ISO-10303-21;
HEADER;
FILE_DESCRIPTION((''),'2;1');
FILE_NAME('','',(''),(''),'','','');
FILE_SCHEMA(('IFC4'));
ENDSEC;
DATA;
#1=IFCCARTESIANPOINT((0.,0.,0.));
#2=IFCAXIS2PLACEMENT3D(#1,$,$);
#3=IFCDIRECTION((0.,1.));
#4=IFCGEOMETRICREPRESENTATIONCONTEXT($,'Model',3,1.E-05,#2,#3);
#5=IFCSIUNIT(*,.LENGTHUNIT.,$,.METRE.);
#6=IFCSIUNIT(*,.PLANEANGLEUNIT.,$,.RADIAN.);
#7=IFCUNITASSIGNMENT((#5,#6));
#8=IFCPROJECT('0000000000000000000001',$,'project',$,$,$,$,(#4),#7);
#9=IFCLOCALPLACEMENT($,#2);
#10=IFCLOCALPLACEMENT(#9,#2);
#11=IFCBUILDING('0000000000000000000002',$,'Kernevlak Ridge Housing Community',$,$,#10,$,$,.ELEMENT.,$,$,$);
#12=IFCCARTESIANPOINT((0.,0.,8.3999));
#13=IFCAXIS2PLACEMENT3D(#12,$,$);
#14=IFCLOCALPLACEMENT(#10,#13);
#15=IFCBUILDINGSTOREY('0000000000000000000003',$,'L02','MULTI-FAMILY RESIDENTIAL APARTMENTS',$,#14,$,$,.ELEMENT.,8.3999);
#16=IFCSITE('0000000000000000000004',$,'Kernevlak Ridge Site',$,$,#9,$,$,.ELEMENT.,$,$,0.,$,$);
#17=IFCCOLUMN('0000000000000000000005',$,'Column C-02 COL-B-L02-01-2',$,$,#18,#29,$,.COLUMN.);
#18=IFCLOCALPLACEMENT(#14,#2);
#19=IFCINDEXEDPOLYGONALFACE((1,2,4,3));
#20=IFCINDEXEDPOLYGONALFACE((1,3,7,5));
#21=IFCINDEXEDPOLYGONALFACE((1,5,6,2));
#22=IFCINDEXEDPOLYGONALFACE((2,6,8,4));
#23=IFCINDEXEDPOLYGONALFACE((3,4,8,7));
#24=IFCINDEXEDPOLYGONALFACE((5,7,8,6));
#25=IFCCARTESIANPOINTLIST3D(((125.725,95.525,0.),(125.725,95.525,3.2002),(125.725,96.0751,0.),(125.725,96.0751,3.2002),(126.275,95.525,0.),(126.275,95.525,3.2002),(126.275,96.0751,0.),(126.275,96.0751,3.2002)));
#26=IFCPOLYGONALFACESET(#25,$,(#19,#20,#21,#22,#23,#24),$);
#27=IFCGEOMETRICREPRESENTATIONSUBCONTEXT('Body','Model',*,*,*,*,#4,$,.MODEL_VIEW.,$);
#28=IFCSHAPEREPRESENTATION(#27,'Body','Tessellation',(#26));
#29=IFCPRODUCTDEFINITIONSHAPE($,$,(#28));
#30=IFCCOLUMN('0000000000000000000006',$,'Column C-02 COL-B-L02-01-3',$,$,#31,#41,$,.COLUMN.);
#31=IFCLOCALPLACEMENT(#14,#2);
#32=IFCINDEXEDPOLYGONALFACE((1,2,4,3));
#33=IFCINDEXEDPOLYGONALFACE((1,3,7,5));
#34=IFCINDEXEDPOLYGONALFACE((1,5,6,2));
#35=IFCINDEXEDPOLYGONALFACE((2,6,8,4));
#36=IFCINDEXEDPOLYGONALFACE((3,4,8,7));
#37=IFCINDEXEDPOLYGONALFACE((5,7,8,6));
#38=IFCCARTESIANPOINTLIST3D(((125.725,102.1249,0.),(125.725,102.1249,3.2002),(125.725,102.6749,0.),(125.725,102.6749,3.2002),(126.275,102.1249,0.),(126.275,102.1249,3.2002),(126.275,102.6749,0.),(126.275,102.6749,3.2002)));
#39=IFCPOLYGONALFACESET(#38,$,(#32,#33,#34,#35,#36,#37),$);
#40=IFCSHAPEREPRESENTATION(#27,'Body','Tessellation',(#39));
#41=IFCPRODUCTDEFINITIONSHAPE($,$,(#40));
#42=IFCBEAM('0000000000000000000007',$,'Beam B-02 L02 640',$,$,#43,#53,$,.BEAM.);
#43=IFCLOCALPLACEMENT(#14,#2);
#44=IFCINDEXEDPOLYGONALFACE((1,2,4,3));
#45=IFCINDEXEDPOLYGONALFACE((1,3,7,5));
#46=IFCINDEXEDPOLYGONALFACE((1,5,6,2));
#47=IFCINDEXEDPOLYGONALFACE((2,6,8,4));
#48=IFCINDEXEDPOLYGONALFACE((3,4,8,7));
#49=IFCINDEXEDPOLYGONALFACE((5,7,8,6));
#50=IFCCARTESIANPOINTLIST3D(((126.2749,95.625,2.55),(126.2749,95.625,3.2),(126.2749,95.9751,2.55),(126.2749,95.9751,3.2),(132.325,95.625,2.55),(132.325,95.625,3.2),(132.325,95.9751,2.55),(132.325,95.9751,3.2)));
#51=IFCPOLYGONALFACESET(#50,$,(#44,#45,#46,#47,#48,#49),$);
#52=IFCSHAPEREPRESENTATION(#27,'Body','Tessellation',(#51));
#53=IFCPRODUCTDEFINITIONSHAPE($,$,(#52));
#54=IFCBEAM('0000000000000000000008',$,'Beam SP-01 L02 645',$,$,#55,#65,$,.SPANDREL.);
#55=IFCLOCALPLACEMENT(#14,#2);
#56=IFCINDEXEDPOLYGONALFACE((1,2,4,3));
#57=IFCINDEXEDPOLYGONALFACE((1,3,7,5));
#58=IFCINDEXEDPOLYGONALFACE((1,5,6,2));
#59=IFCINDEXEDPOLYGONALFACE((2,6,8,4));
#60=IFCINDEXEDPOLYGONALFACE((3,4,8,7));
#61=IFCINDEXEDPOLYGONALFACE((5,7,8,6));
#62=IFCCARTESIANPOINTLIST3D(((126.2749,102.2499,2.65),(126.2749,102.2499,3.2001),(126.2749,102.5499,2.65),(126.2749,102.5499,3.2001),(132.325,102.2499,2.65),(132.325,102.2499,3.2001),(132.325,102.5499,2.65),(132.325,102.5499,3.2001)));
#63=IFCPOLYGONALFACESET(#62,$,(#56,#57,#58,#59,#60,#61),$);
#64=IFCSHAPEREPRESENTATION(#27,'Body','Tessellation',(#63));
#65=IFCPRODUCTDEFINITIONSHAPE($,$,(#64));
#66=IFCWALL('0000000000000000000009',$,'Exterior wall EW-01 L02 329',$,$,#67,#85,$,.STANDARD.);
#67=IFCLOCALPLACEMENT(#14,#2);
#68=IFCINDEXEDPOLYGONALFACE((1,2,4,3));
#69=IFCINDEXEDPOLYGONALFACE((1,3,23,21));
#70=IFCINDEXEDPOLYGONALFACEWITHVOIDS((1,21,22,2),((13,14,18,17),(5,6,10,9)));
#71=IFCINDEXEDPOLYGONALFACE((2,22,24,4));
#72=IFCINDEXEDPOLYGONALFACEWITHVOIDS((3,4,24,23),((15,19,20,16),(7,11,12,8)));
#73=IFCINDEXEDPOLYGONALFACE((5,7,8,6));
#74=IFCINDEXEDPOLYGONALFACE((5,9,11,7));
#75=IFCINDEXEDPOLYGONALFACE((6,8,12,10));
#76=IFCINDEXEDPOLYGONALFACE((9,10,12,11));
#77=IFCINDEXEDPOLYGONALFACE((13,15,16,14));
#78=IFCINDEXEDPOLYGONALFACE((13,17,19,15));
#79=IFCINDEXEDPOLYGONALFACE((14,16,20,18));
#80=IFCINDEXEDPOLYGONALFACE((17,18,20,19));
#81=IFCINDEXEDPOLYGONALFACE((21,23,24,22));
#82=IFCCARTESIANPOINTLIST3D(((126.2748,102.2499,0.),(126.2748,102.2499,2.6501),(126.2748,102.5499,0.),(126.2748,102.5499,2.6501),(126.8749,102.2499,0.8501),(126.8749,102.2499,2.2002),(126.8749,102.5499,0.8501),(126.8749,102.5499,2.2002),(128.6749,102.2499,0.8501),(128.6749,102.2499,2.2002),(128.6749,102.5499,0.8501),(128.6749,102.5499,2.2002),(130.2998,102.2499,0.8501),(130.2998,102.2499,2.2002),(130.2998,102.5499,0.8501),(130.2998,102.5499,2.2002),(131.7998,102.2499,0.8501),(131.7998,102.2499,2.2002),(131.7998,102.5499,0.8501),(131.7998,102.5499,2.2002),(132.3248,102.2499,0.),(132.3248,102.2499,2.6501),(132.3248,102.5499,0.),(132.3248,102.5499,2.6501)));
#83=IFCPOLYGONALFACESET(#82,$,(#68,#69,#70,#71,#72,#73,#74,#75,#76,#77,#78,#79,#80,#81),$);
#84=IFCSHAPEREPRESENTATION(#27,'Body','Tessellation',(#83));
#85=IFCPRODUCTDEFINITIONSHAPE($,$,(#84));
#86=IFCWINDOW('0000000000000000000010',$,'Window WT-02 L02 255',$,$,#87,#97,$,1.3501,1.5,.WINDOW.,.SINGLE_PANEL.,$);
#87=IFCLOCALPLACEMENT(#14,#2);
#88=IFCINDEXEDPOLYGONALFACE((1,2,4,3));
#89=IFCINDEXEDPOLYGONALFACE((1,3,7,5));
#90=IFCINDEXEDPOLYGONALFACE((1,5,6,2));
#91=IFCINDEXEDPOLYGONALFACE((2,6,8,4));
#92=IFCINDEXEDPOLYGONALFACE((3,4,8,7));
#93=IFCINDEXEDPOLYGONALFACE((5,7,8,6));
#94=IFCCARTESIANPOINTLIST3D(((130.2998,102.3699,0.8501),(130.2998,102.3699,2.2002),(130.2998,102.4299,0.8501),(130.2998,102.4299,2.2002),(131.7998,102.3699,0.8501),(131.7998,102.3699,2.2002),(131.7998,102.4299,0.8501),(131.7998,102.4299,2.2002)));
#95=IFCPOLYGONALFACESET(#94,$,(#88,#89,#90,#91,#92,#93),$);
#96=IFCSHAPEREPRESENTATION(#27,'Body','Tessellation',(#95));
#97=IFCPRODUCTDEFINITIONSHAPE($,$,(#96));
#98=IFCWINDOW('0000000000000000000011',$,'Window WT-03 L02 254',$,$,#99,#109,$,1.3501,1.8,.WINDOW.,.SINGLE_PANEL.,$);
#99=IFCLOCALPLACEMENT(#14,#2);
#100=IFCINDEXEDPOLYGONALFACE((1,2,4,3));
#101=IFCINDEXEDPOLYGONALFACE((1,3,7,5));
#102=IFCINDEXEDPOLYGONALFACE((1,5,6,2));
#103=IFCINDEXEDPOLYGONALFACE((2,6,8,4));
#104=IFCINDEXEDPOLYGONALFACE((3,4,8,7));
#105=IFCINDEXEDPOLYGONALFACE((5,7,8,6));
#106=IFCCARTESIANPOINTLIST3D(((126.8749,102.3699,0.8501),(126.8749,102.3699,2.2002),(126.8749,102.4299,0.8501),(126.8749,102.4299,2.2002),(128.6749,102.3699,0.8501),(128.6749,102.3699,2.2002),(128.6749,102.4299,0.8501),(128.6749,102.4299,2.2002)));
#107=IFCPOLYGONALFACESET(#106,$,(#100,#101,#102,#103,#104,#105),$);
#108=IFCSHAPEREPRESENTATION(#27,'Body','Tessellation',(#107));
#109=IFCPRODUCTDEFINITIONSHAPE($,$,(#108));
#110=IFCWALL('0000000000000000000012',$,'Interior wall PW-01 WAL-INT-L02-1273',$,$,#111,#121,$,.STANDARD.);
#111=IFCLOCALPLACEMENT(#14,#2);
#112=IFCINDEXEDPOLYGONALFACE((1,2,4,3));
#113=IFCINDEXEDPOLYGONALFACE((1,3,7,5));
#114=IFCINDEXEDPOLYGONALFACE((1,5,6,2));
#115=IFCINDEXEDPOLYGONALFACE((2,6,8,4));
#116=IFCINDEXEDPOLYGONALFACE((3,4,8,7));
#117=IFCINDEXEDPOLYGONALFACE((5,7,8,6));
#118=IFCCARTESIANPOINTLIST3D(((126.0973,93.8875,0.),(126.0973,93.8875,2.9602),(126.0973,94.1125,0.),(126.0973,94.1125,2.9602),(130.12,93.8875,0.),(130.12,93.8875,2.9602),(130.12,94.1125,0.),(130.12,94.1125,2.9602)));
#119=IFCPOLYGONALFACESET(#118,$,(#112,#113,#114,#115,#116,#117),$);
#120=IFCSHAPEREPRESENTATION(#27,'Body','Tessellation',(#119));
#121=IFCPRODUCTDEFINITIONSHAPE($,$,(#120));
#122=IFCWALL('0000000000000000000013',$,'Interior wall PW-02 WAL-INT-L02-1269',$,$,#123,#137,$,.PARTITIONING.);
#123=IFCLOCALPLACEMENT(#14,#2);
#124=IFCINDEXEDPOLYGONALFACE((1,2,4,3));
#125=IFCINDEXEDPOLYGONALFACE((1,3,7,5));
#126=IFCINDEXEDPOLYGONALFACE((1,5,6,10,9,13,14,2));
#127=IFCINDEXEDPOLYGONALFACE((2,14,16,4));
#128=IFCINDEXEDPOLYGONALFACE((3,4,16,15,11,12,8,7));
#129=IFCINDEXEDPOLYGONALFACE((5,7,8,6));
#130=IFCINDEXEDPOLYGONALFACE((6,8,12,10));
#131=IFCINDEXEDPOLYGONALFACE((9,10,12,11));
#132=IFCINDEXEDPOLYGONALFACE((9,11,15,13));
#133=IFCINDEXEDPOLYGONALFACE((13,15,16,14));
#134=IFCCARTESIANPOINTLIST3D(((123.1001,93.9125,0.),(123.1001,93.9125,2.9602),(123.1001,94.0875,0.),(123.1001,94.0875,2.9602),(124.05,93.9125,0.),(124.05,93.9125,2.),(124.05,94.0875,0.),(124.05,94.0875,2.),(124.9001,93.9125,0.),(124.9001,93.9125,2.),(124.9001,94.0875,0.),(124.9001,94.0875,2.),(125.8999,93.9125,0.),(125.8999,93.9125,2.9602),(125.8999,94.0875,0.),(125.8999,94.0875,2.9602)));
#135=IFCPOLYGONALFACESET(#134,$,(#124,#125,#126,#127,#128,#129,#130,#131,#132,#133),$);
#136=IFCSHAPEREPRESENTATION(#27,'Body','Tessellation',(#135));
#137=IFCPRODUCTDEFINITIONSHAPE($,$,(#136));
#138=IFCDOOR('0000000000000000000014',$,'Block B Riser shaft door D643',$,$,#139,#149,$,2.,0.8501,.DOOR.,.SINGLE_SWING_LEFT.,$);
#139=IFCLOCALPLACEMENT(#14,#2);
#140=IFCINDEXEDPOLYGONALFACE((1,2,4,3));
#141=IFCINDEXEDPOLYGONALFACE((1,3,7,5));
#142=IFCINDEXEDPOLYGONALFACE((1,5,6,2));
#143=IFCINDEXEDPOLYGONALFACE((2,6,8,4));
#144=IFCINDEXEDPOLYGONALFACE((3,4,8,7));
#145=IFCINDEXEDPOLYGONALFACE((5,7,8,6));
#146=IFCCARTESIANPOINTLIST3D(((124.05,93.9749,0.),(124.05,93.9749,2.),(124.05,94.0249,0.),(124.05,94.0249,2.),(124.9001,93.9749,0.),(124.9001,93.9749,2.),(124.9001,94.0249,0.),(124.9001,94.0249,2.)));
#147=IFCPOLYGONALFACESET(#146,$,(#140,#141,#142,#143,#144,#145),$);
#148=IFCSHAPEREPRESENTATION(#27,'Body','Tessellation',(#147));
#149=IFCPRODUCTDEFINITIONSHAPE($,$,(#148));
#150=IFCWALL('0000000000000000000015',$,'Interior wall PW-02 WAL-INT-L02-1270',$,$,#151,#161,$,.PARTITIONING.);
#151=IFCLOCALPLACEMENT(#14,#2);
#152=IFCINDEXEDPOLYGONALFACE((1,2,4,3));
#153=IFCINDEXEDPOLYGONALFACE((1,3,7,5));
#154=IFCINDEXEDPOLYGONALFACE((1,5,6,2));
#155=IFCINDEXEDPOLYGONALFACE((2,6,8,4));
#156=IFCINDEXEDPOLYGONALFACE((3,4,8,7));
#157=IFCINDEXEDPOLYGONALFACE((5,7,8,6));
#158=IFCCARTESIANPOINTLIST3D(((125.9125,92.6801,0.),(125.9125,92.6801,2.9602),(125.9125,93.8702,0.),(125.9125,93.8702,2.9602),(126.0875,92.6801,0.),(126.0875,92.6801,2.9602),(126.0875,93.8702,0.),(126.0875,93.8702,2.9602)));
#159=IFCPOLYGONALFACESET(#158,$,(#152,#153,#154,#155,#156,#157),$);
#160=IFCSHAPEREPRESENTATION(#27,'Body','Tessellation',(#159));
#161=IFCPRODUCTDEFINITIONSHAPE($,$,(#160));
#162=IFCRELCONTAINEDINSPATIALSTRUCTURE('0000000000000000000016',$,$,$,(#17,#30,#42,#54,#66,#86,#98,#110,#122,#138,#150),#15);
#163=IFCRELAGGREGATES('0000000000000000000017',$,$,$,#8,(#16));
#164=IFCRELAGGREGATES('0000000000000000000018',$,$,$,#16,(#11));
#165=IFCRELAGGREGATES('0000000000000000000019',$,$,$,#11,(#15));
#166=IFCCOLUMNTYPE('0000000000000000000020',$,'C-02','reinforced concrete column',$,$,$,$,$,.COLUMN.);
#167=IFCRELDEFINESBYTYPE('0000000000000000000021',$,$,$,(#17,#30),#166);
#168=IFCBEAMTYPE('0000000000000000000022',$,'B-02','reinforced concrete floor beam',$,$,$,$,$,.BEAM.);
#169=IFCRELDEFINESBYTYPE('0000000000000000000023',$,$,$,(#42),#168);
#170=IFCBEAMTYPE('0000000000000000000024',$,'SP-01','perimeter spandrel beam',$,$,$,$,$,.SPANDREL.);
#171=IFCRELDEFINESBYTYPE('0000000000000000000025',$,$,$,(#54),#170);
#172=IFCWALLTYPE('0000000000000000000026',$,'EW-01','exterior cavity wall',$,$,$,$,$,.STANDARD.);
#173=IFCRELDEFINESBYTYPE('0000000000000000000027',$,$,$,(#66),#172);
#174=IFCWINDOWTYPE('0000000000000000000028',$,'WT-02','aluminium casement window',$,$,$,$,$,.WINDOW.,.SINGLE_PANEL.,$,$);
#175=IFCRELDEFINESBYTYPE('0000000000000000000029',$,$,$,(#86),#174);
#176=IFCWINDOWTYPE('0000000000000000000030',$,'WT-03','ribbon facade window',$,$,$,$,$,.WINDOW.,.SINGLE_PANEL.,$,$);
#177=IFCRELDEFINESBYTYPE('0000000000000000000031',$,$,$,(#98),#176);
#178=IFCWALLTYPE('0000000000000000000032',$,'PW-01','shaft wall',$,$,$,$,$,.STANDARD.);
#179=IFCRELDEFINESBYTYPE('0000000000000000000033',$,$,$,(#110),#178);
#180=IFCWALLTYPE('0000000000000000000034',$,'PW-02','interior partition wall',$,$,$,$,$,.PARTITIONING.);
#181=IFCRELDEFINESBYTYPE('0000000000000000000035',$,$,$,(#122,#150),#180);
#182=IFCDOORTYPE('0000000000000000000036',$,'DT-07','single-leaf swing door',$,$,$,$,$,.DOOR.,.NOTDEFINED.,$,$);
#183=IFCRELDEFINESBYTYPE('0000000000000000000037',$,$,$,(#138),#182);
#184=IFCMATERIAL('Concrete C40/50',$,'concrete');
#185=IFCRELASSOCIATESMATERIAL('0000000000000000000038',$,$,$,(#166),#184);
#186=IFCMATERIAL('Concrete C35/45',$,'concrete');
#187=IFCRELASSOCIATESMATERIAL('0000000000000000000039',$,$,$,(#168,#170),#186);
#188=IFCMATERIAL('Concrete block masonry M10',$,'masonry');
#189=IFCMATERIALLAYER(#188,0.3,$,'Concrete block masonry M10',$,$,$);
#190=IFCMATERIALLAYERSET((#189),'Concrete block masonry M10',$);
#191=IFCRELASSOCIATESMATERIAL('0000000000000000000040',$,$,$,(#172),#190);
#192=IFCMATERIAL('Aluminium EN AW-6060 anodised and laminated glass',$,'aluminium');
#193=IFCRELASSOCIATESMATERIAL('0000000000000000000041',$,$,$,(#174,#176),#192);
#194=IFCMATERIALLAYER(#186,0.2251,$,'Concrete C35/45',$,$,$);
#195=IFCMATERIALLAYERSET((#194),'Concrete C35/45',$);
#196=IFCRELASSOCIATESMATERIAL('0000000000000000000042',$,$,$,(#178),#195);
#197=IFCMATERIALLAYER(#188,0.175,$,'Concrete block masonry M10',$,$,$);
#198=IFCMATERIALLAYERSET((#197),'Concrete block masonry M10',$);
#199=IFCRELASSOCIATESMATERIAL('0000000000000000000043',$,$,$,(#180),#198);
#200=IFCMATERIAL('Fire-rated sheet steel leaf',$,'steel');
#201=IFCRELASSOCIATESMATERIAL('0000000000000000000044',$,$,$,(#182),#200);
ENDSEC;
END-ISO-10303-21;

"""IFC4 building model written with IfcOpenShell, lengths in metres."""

from ifc_helpers import new_model, si_unit, direction, frame, frame_2d, origin, origin_2d, place, context, subcontext, project, spatial, rectangle, extrude, material, layer, layer_set, material_profile, profile_set, type_object, element, fill, save


model = new_model("IFC4")

# Units and contexts
model_context = context("Model", 3, precision=1e-05, world=origin(), true_north=direction((0.0, 1.0)))
body_context = subcontext(model_context, "Body", "Model", "MODEL_VIEW")
ifc_project = project(units=[si_unit("LENGTHUNIT", "METRE"), si_unit("PLANEANGLEUNIT", "RADIAN")], contexts=[model_context])

# Site, building, storey
site_placement = place(None, origin())
site = spatial("IfcSite", under=ifc_project, at=site_placement, Name="Kernevlak Ridge Site", CompositionType="ELEMENT", RefElevation=0.0)
building_placement = place(site_placement, origin())
building = spatial("IfcBuilding", under=site, at=building_placement, Name="Kernevlak Ridge Housing Community", CompositionType="ELEMENT")
storey_placement = place(building_placement, frame((0.0, 0.0, 8.3999)))
storey = spatial("IfcBuildingStorey", under=building, at=storey_placement, Name="L02", Description="MULTI-FAMILY RESIDENTIAL APARTMENTS", CompositionType="ELEMENT", Elevation=8.3999)

# Columns
ifc_material_1 = material(Name="Concrete C40/50", Category="concrete")
ifc_material_profile_1 = material_profile(ifc_material_1, rectangle(XDim=0.55, YDim=0.55, at=origin_2d()), Name="RC 550x550")
ifc_profile_set_1 = profile_set([ifc_material_profile_1], Name="Concrete C40/50")
column_type = type_object("IfcColumnType", Name="C-02", Description="reinforced concrete column", PredefinedType="COLUMN", material=ifc_profile_set_1)
for number, where, z_axis, x_axis, name in (
    (1, (126.0, 95.8, 0.0), (0.0, 0.0, 1.0), (1.0, 0.0, 0.0), "Column C-02 COL-B-L02-01-2"),
    (2, (126.0, 102.3999, 0.0), (0.0, 0.0, 1.0), (1.0, 0.0, 0.0), "Column C-02 COL-B-L02-01-3"),
):
    element("IfcColumn", number, at=place(storey_placement, frame(where, z_axis=z_axis, x_axis=x_axis)), inside=storey, type_object=column_type, Name=name, PredefinedType="COLUMN", context=body_context, shape_type="SweptSolid", body=[
        extrude(rectangle(XDim=0.55, YDim=0.55, at=origin_2d()), origin(), (0.0, 0.0, 1.0), 3.2002),
    ])

# Beams
ifc_material_2 = material(Name="Concrete C35/45", Category="concrete")
ifc_material_profile_2 = material_profile(ifc_material_2, rectangle(XDim=0.3501, YDim=0.6499, at=origin_2d()), Name="RC 350x650")
ifc_profile_set_2 = profile_set([ifc_material_profile_2], Name="Concrete C35/45")
beam_type_1 = type_object("IfcBeamType", Name="B-02", Description="reinforced concrete floor beam", PredefinedType="BEAM", material=ifc_profile_set_2)
beam_1_placement = place(storey_placement, frame((126.2749, 95.8, 2.875), z_axis=(1.0, 0.0, 0.0), x_axis=(0.0, 1.0, 0.0)))
element("IfcBeam", 3, at=beam_1_placement, inside=storey, type_object=beam_type_1, Name="Beam B-02 L02 640", PredefinedType="BEAM", context=body_context, shape_type="SweptSolid", body=[
    extrude(rectangle(XDim=0.3501, YDim=0.6499, at=origin_2d()), origin(), (0.0, 0.0, 1.0), 6.05),
])
ifc_material_profile_3 = material_profile(ifc_material_2, rectangle(XDim=0.3, YDim=0.55, at=origin_2d()), Name="RC 300x550")
ifc_profile_set_3 = profile_set([ifc_material_profile_3], Name="Concrete C35/45")
beam_type_2 = type_object("IfcBeamType", Name="SP-01", Description="perimeter spandrel beam", PredefinedType="SPANDREL", material=ifc_profile_set_3)
beam_2_placement = place(storey_placement, frame((126.2749, 102.3999, 2.925), z_axis=(1.0, 0.0, 0.0), x_axis=(0.0, 1.0, 0.0)))
element("IfcBeam", 4, at=beam_2_placement, inside=storey, type_object=beam_type_2, Name="Beam SP-01 L02 645", PredefinedType="SPANDREL", context=body_context, shape_type="SweptSolid", body=[
    extrude(rectangle(XDim=0.3, YDim=0.55, at=origin_2d()), origin(), (0.0, 0.0, 1.0), 6.05),
])

# Wall, openings, windows
ifc_material_3 = material(Name="Concrete block masonry M10", Category="masonry")
ifc_layer_1 = layer(ifc_material_3, 0.3, Name="Concrete block masonry M10")
ifc_layer_set_1 = layer_set([ifc_layer_1], Name="Concrete block masonry M10")
wall_type_1 = type_object("IfcWallType", Name="EW-01", Description="exterior cavity wall", PredefinedType="STANDARD", material=ifc_layer_set_1)
wall_1_placement = place(storey_placement, frame((126.2749, 102.3999, 0.0), z_axis=(0.0, 0.0, 1.0), x_axis=(1.0, 0.0, 0.0)))
wall_1 = element("IfcWall", 5, at=wall_1_placement, inside=storey, type_object=wall_type_1, Name="Exterior wall EW-01 L02 329", PredefinedType="STANDARD", context=body_context, shape_type="SweptSolid", body=[
    extrude(rectangle(XDim=6.05, YDim=0.3, at=frame_2d((3.0249, 0.0))), origin(), (0.0, 0.0, 1.0), 2.6501),
])
opening_1_placement = place(wall_1_placement, frame((0.6001, 0.0, 0.8501)))
opening_1 = element("IfcOpeningElement", 6, at=opening_1_placement, cuts=wall_1, PredefinedType="OPENING", context=body_context, shape_type="SweptSolid", body=[
    extrude(rectangle(XDim=1.8, YDim=1.3501, at=frame_2d((0.8999, 0.675))), frame((0.0, 0.1599, 0.0), z_axis=(0.0, -1.0, 0.0), x_axis=(1.0, 0.0, 0.0)), (0.0, 0.0, 1.0), 0.3201),
])
opening_2_placement = place(wall_1_placement, frame((4.0249, 0.0, 0.8501)))
opening_2 = element("IfcOpeningElement", 7, at=opening_2_placement, cuts=wall_1, PredefinedType="OPENING", context=body_context, shape_type="SweptSolid", body=[
    extrude(rectangle(XDim=1.5, YDim=1.3501, at=frame_2d((0.75, 0.675))), frame((0.0, 0.1599, 0.0), z_axis=(0.0, -1.0, 0.0), x_axis=(1.0, 0.0, 0.0)), (0.0, 0.0, 1.0), 0.3201),
])
ifc_material_4 = material(Name="Aluminium EN AW-6060 anodised and laminated glass", Category="aluminium")
window_type_1 = type_object("IfcWindowType", Name="WT-02", Description="aluminium casement window", PartitioningType="SINGLE_PANEL", PredefinedType="WINDOW", material=ifc_material_4)
window_1_placement = place(opening_2_placement, origin())
window_1 = element("IfcWindow", 8, at=window_1_placement, inside=storey, type_object=window_type_1, Name="Window WT-02 L02 255", OverallHeight=1.3501, OverallWidth=1.5, PartitioningType="SINGLE_PANEL", PredefinedType="WINDOW", context=body_context, shape_type="SweptSolid", body=[
    extrude(rectangle(XDim=1.5, YDim=1.3501, at=frame_2d((0.75, 0.675))), frame((0.0, 0.03, 0.0), z_axis=(0.0, -1.0, 0.0), x_axis=(1.0, 0.0, 0.0)), (0.0, 0.0, 1.0), 0.0601),
])
fill(opening_2, window_1)
window_type_2 = type_object("IfcWindowType", Name="WT-03", Description="ribbon facade window", PartitioningType="SINGLE_PANEL", PredefinedType="WINDOW", material=ifc_material_4)
window_2_placement = place(opening_1_placement, origin())
window_2 = element("IfcWindow", 9, at=window_2_placement, inside=storey, type_object=window_type_2, Name="Window WT-03 L02 254", OverallHeight=1.3501, OverallWidth=1.8, PartitioningType="SINGLE_PANEL", PredefinedType="WINDOW", context=body_context, shape_type="SweptSolid", body=[
    extrude(rectangle(XDim=1.8, YDim=1.3501, at=frame_2d((0.8999, 0.675))), frame((0.0, 0.03, 0.0), z_axis=(0.0, -1.0, 0.0), x_axis=(1.0, 0.0, 0.0)), (0.0, 0.0, 1.0), 0.0601),
])
fill(opening_1, window_2)

# Wall
ifc_layer_2 = layer(ifc_material_2, 0.2251, Name="Concrete C35/45")
ifc_layer_set_2 = layer_set([ifc_layer_2], Name="Concrete C35/45")
wall_type_2 = type_object("IfcWallType", Name="PW-01", Description="shaft wall", PredefinedType="STANDARD", material=ifc_layer_set_2)
wall_2_placement = place(storey_placement, frame((126.0974, 94.0, 0.0), z_axis=(0.0, 0.0, 1.0), x_axis=(1.0, 0.0, 0.0)))
element("IfcWall", 10, at=wall_2_placement, inside=storey, type_object=wall_type_2, Name="Interior wall PW-01 WAL-INT-L02-1273", PredefinedType="STANDARD", context=body_context, shape_type="SweptSolid", body=[
    extrude(rectangle(XDim=4.0227, YDim=0.2251, at=frame_2d((2.0112, 0.0))), origin(), (0.0, 0.0, 1.0), 2.9602),
])

# Wall, opening, door
ifc_layer_3 = layer(ifc_material_3, 0.175, Name="Concrete block masonry M10")
ifc_layer_set_3 = layer_set([ifc_layer_3], Name="Concrete block masonry M10")
wall_type_3 = type_object("IfcWallType", Name="PW-02", Description="interior partition wall", PredefinedType="PARTITIONING", material=ifc_layer_set_3)
wall_3_placement = place(storey_placement, frame((123.1001, 94.0, 0.0), z_axis=(0.0, 0.0, 1.0), x_axis=(1.0, 0.0, 0.0)))
wall_3 = element("IfcWall", 11, at=wall_3_placement, inside=storey, type_object=wall_type_3, Name="Interior wall PW-02 WAL-INT-L02-1269", PredefinedType="PARTITIONING", context=body_context, shape_type="SweptSolid", body=[
    extrude(rectangle(XDim=2.7998, YDim=0.175, at=frame_2d((1.3999, 0.0))), origin(), (0.0, 0.0, 1.0), 2.9602),
])
opening_3_placement = place(wall_3_placement, frame((0.95, 0.0, 0.0)))
opening_3 = element("IfcOpeningElement", 12, at=opening_3_placement, cuts=wall_3, PredefinedType="OPENING", context=body_context, shape_type="SweptSolid", body=[
    extrude(rectangle(XDim=0.8501, YDim=2.0, at=frame_2d((0.425, 1.0))), frame((0.0, 0.0974, 0.0), z_axis=(0.0, -1.0, 0.0), x_axis=(1.0, 0.0, 0.0)), (0.0, 0.0, 1.0), 0.1951),
])
ifc_material_5 = material(Name="Fire-rated sheet steel leaf", Category="steel")
door_type_1 = type_object("IfcDoorType", Name="DT-07", Description="single-leaf swing door", OperationType="NOTDEFINED", PredefinedType="DOOR", material=ifc_material_5)
door_1_placement = place(opening_3_placement, origin())
door_1 = element("IfcDoor", 13, at=door_1_placement, inside=storey, type_object=door_type_1, Name="Block B Riser shaft door D643", OperationType="SINGLE_SWING_LEFT", OverallHeight=2.0, OverallWidth=0.8501, PredefinedType="DOOR", context=body_context, shape_type="SweptSolid", body=[
    extrude(rectangle(XDim=0.8501, YDim=2.0, at=frame_2d((0.425, 1.0))), frame((0.0, 0.0249, 0.0), z_axis=(0.0, -1.0, 0.0), x_axis=(1.0, 0.0, 0.0)), (0.0, 0.0, 1.0), 0.05),
])
fill(opening_3, door_1)

# Wall
wall_4_placement = place(storey_placement, frame((126.0, 92.6799, 0.0), z_axis=(0.0, 0.0, 1.0), x_axis=(0.0, 1.0, 0.0)))
element("IfcWall", 14, at=wall_4_placement, inside=storey, type_object=wall_type_3, Name="Interior wall PW-02 WAL-INT-L02-1270", PredefinedType="PARTITIONING", context=body_context, shape_type="SweptSolid", body=[
    extrude(rectangle(XDim=1.1902, YDim=0.175, at=frame_2d((0.5952, 0.0))), origin(), (0.0, 0.0, 1.0), 2.9602),
])

save(model, "model.ifc")
